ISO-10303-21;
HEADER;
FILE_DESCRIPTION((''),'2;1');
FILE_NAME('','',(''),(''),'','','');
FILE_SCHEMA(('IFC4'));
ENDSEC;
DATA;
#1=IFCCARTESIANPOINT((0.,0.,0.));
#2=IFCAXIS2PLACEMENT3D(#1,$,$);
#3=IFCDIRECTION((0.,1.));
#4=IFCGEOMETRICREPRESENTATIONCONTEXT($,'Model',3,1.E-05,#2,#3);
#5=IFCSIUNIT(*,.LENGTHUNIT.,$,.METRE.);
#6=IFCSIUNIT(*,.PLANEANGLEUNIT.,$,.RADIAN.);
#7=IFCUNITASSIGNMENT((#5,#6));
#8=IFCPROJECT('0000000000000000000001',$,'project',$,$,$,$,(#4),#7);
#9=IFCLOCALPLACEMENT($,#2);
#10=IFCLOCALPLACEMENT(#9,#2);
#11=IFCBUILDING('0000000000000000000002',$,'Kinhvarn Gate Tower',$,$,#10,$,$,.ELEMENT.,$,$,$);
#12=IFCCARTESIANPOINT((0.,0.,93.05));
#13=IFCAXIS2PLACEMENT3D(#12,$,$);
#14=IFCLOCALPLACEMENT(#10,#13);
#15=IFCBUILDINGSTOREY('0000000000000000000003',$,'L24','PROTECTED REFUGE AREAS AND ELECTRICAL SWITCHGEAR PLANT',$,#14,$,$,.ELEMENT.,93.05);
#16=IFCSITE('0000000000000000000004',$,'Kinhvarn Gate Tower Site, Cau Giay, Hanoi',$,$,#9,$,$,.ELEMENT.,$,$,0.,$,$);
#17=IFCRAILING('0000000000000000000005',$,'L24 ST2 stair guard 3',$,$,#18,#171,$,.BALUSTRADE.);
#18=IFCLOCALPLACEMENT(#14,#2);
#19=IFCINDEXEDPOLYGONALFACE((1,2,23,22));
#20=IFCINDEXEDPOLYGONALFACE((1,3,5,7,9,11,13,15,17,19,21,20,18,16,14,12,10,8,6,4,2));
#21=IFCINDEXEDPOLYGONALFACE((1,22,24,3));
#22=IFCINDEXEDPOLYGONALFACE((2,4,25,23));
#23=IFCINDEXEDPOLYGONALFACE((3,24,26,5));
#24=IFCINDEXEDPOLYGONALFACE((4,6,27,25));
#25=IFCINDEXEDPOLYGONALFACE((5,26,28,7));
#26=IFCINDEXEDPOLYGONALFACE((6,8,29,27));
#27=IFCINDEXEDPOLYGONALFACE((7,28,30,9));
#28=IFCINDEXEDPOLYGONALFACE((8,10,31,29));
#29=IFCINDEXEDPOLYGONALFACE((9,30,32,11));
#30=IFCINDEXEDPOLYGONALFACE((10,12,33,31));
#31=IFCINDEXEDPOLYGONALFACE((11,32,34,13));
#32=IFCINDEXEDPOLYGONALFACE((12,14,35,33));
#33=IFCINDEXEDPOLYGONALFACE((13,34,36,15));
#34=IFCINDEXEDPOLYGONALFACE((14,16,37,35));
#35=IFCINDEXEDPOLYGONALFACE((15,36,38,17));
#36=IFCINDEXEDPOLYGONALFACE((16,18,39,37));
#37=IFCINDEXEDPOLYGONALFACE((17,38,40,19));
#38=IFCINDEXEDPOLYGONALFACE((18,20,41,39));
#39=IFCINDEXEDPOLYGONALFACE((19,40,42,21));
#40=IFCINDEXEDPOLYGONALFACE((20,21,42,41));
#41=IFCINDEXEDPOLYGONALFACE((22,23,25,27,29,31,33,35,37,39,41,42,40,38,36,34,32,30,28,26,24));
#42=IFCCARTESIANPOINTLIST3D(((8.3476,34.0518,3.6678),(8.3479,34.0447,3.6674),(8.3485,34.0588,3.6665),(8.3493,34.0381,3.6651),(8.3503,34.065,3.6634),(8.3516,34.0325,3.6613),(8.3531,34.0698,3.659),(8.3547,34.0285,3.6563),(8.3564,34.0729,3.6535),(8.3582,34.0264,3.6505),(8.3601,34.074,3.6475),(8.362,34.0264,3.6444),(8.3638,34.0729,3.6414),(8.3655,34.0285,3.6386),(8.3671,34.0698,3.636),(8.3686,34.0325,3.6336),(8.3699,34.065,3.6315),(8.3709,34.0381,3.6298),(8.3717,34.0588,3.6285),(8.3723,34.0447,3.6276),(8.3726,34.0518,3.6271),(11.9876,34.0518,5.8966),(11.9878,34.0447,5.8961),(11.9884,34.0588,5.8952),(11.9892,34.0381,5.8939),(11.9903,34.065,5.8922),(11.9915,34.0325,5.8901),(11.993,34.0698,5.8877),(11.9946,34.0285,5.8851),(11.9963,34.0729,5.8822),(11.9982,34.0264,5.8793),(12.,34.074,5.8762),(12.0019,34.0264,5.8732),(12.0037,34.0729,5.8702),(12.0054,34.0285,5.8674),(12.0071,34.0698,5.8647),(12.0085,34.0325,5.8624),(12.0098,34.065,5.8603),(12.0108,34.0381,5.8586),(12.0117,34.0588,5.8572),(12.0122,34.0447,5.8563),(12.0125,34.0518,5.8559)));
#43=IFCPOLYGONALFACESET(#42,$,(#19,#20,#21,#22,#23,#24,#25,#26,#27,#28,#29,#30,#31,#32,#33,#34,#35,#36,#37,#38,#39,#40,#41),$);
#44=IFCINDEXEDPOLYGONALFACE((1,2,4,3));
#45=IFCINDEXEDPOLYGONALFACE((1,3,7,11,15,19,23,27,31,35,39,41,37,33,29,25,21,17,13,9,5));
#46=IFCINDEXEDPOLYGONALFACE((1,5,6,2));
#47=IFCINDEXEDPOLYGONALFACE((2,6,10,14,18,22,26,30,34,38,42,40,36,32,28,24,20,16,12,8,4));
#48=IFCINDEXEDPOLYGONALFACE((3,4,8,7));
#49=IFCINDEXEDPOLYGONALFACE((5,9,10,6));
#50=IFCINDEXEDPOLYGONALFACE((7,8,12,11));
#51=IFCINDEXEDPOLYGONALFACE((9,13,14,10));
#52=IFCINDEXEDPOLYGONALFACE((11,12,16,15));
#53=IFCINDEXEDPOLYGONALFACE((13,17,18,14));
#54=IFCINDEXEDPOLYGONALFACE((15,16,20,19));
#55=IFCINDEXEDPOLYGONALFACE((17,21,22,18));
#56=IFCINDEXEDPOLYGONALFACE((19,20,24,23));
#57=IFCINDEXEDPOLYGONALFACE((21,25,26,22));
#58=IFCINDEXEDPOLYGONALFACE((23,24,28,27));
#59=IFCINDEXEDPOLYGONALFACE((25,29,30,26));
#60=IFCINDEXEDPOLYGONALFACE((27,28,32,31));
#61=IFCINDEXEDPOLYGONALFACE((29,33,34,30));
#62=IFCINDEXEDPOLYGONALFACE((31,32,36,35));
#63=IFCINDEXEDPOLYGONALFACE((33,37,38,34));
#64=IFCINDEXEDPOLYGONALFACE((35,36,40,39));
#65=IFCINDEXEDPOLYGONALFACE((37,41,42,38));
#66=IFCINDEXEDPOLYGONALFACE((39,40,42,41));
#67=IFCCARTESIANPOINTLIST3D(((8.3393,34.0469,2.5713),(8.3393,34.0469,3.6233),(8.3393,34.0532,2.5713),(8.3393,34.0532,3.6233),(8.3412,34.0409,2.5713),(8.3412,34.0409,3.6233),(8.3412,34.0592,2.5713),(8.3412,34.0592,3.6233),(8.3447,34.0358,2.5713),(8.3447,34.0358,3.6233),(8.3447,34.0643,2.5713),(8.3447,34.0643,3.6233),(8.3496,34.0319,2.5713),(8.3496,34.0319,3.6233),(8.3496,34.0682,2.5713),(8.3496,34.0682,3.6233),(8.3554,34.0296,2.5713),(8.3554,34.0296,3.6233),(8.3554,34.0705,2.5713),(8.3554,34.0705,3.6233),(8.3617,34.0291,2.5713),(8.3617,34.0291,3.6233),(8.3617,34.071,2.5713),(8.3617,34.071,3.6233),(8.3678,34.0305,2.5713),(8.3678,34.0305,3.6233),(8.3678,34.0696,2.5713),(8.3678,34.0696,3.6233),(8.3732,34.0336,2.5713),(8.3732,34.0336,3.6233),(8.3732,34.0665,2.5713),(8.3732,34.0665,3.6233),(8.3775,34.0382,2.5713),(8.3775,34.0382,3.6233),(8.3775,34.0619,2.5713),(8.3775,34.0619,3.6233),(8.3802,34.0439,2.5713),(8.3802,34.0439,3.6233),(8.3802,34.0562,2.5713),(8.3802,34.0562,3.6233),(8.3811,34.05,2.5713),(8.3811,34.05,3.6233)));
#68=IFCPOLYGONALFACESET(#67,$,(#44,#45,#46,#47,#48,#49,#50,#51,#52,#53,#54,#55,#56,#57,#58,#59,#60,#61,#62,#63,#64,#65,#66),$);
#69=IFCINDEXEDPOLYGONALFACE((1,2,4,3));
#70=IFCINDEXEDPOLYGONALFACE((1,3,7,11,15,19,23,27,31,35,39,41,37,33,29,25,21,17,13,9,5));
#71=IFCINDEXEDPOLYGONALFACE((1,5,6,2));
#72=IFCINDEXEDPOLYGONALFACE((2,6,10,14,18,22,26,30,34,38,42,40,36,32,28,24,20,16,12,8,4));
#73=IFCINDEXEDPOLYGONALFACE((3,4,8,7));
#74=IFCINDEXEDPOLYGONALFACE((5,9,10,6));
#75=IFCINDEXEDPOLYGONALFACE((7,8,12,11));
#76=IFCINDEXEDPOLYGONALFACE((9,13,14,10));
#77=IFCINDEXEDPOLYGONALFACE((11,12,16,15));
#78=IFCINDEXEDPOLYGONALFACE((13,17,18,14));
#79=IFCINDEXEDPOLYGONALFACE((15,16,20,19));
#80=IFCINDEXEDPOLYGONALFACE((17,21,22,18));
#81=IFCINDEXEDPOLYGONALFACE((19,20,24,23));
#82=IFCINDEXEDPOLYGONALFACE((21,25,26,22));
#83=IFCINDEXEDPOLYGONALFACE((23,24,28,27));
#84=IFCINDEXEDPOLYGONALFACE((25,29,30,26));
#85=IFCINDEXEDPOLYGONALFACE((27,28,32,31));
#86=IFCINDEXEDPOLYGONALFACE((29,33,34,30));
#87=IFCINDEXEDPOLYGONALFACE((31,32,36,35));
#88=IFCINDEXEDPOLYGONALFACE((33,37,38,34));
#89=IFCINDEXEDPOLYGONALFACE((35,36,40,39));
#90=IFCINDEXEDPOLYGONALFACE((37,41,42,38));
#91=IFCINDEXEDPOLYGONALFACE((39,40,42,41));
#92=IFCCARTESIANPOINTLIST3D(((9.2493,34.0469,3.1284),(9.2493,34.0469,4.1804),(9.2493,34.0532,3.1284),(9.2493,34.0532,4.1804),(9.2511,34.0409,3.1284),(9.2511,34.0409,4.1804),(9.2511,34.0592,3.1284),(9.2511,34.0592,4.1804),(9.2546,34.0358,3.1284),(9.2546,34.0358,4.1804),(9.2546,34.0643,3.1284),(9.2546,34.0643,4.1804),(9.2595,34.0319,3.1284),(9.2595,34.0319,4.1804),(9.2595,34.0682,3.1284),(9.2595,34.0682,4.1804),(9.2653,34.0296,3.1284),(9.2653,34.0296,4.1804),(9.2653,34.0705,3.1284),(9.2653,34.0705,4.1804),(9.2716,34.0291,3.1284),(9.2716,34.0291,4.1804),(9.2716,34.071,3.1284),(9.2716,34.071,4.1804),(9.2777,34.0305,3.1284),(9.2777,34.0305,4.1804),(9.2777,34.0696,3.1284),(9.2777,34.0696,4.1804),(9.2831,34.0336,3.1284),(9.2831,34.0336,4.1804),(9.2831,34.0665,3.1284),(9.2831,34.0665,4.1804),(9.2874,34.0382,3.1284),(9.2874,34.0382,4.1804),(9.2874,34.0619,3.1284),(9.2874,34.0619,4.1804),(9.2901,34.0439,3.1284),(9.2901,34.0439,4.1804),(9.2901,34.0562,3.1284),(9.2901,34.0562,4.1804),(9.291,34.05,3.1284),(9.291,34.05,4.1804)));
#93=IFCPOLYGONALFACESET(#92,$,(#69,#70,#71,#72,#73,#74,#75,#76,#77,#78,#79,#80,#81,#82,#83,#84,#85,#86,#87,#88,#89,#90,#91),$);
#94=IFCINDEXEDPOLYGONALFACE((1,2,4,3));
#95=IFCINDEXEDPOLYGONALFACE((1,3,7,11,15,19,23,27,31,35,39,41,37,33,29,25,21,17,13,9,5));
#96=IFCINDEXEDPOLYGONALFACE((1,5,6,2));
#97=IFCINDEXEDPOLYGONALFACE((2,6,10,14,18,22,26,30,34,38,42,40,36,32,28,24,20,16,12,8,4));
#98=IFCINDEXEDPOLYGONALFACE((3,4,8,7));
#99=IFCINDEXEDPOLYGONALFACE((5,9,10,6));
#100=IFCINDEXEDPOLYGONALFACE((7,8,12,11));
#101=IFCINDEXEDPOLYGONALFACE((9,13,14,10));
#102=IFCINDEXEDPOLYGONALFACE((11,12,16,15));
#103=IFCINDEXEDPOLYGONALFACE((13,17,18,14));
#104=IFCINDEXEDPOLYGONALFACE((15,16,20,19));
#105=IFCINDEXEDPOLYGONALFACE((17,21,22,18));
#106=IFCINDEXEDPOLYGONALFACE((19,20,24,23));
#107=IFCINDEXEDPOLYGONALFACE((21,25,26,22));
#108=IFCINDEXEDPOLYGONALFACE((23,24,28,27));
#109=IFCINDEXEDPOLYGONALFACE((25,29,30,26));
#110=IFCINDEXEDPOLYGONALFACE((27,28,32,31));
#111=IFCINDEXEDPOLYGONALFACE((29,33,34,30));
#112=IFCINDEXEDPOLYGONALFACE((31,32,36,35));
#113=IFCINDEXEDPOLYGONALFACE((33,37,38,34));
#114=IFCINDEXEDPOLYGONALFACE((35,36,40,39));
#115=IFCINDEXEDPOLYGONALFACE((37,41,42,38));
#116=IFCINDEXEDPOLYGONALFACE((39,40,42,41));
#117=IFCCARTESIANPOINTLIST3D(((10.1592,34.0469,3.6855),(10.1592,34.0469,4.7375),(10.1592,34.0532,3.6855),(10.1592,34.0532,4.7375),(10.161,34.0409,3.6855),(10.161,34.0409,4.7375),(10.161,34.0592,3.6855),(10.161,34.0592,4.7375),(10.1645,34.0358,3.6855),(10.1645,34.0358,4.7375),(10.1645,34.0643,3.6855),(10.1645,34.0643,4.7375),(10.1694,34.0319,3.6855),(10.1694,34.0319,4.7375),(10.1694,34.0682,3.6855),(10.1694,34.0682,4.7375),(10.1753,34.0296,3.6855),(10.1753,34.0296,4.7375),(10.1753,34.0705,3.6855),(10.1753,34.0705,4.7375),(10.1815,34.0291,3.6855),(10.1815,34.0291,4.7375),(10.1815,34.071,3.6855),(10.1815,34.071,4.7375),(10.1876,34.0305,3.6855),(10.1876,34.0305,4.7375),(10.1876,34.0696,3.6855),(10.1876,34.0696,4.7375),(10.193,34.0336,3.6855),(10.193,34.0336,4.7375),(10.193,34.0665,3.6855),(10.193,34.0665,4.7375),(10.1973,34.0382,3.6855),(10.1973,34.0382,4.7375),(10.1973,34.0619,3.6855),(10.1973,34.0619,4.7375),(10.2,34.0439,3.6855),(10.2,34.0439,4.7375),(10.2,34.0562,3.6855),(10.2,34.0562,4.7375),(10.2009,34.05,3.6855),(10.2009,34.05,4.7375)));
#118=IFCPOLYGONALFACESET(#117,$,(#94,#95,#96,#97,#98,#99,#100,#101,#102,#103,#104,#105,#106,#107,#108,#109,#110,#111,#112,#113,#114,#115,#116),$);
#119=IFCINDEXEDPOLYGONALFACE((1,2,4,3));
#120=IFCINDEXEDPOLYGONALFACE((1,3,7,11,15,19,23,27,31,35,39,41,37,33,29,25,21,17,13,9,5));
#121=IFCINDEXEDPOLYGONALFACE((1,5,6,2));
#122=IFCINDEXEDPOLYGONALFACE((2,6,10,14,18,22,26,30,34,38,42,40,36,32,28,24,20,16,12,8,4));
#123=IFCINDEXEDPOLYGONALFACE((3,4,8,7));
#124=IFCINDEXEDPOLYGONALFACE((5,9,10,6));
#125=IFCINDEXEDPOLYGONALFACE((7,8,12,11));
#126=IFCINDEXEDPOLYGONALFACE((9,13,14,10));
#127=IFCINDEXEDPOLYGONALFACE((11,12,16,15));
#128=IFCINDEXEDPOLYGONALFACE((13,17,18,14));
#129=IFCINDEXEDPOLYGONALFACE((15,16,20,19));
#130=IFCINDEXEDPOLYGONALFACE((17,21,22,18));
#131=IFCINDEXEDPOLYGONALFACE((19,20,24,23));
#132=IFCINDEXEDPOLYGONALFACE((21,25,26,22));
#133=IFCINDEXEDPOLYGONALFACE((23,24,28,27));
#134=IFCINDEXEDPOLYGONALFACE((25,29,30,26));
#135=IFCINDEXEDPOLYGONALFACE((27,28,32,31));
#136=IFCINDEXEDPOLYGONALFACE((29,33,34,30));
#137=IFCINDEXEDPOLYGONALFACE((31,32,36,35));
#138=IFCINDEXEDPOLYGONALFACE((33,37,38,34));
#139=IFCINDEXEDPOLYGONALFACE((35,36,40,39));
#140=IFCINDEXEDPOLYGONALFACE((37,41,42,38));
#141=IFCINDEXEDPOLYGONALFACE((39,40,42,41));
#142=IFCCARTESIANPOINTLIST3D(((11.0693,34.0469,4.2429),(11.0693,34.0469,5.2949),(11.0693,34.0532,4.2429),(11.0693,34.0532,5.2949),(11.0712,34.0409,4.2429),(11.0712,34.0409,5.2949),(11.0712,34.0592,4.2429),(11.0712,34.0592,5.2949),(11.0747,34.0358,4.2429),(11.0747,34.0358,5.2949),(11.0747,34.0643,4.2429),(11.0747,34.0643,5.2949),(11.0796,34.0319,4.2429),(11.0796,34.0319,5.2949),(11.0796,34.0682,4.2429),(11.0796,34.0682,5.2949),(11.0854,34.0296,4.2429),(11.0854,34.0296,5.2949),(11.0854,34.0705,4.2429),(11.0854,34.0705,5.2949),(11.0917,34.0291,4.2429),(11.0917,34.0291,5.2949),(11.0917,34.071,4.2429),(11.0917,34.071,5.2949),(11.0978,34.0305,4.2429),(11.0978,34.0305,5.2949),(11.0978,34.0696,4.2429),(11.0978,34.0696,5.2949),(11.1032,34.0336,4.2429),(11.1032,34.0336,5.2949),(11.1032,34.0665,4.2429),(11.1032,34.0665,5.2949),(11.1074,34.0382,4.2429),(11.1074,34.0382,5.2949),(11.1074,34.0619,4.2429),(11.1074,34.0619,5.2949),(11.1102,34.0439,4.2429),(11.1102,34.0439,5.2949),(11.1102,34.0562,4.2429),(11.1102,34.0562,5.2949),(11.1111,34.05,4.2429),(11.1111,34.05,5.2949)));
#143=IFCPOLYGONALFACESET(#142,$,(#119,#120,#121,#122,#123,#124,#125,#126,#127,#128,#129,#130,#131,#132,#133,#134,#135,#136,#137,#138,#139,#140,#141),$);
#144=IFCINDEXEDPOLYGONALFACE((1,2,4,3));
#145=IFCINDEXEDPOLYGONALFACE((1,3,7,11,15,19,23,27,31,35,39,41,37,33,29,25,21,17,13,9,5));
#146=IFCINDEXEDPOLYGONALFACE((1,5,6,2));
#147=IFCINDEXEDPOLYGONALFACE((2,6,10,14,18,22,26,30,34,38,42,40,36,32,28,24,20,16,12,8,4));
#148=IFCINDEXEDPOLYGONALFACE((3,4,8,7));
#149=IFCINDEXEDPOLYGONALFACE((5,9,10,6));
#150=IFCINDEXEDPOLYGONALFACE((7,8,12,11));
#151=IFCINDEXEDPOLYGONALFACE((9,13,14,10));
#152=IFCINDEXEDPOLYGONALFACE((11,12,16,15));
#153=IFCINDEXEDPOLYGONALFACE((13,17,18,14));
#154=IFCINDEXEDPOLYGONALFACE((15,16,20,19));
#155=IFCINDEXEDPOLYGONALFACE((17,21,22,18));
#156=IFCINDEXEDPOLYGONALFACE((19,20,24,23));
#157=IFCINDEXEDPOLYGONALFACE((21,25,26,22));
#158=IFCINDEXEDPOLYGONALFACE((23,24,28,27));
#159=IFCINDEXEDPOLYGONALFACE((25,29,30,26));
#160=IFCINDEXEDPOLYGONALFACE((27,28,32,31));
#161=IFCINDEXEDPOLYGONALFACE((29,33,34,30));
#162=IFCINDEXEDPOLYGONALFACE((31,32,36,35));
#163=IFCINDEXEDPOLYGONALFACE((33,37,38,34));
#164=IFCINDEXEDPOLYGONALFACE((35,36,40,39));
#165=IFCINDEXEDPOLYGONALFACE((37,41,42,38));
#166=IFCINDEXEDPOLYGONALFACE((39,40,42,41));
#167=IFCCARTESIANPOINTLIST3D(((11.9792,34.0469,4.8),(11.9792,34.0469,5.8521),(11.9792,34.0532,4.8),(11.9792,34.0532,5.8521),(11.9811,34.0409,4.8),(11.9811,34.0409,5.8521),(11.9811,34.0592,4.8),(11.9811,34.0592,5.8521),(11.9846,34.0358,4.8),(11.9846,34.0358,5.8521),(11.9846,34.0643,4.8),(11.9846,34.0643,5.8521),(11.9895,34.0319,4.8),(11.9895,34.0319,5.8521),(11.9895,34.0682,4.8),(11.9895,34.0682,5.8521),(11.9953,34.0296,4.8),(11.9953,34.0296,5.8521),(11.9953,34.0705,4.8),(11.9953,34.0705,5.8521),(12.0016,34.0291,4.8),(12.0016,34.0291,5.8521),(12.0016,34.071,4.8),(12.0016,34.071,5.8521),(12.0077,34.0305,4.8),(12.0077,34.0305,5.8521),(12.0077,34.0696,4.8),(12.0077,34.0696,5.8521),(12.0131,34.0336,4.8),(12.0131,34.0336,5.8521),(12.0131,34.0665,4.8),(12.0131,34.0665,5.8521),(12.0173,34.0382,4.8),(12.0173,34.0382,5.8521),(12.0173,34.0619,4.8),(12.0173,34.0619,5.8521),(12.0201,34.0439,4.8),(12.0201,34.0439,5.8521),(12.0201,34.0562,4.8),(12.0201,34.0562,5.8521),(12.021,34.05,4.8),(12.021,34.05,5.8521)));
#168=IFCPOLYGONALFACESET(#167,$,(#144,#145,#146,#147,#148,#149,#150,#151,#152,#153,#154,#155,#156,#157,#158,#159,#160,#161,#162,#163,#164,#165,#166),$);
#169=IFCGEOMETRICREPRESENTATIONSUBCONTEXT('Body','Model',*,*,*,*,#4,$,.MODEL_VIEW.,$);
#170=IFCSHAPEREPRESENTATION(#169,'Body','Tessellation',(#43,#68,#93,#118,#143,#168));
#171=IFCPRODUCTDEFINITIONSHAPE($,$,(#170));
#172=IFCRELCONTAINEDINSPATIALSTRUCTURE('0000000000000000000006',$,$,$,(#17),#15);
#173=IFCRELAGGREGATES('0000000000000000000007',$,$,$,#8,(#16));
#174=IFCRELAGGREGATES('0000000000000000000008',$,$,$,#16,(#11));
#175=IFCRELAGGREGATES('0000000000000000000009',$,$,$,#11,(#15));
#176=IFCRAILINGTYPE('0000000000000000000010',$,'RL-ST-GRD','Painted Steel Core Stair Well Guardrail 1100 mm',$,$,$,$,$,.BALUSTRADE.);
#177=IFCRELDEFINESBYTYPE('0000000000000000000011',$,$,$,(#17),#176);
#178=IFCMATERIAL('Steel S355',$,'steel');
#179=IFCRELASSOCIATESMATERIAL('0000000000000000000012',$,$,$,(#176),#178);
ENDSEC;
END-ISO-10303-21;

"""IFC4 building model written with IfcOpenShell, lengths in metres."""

from ifc_helpers import new_model, si_unit, direction, frame, origin, origin_2d, place, context, subcontext, project, spatial, circle, extrude, material, type_object, element, save


model = new_model("IFC4")

# Units and contexts
model_context = context("Model", 3, precision=1e-05, world=origin(), true_north=direction((0.0, 1.0)))
body_context = subcontext(model_context, "Body", "Model", "MODEL_VIEW")
ifc_project = project(units=[si_unit("LENGTHUNIT", "METRE"), si_unit("PLANEANGLEUNIT", "RADIAN")], contexts=[model_context])

# Site, building, storey
site_placement = place(None, origin())
site = spatial("IfcSite", under=ifc_project, at=site_placement, Name="Kinhvarn Gate Tower Site, Cau Giay, Hanoi", CompositionType="ELEMENT", RefElevation=0.0)
building_placement = place(site_placement, origin())
building = spatial("IfcBuilding", under=site, at=building_placement, Name="Kinhvarn Gate Tower", CompositionType="ELEMENT")
storey_placement = place(building_placement, frame((0.0, 0.0, 93.05)))
storey = spatial("IfcBuildingStorey", under=building, at=storey_placement, Name="L24", Description="PROTECTED REFUGE AREAS AND ELECTRICAL SWITCHGEAR PLANT", CompositionType="ELEMENT", Elevation=93.05)

# Shared definitions
ifc_material_1 = material(Name="Steel S355", Category="steel")

# Railing
railing_type_1 = type_object("IfcRailingType", Name="RL-ST-GRD", Description="Painted Steel Core Stair Well Guardrail 1100 mm", PredefinedType="BALUSTRADE", material=ifc_material_1)
railing_1_placement = place(storey_placement, frame((8.3601, 34.05, 2.5713)))
element("IfcRailing", 1, at=railing_1_placement, inside=storey, type_object=railing_type_1, Name="L24 ST2 stair guard 3", PredefinedType="BALUSTRADE", context=body_context, shape_type="SweptSolid", body=[
    extrude(circle(Radius=0.0239, at=origin_2d()), frame((0.0, 0.0, 1.0762), z_axis=(0.852825, 0.0, 0.522197), x_axis=(0.0, 1.0, 0.0)), (0.0, 0.0, 1.0), 4.2681),
    extrude(circle(Radius=0.021, at=origin_2d()), origin(), (0.0, 0.0, 1.0), 1.052),
    extrude(circle(Radius=0.021, at=origin_2d()), frame((0.9099, 0.0, 0.5571)), (0.0, 0.0, 1.0), 1.052),
    extrude(circle(Radius=0.021, at=origin_2d()), frame((1.8198, 0.0, 1.1143)), (0.0, 0.0, 1.0), 1.052),
    extrude(circle(Radius=0.021, at=origin_2d()), frame((2.73, 0.0, 1.6716)), (0.0, 0.0, 1.0), 1.052),
    extrude(circle(Radius=0.021, at=origin_2d()), frame((3.6399, 0.0, 2.2288)), (0.0, 0.0, 1.0), 1.052),
])

save(model, "model.ifc")
